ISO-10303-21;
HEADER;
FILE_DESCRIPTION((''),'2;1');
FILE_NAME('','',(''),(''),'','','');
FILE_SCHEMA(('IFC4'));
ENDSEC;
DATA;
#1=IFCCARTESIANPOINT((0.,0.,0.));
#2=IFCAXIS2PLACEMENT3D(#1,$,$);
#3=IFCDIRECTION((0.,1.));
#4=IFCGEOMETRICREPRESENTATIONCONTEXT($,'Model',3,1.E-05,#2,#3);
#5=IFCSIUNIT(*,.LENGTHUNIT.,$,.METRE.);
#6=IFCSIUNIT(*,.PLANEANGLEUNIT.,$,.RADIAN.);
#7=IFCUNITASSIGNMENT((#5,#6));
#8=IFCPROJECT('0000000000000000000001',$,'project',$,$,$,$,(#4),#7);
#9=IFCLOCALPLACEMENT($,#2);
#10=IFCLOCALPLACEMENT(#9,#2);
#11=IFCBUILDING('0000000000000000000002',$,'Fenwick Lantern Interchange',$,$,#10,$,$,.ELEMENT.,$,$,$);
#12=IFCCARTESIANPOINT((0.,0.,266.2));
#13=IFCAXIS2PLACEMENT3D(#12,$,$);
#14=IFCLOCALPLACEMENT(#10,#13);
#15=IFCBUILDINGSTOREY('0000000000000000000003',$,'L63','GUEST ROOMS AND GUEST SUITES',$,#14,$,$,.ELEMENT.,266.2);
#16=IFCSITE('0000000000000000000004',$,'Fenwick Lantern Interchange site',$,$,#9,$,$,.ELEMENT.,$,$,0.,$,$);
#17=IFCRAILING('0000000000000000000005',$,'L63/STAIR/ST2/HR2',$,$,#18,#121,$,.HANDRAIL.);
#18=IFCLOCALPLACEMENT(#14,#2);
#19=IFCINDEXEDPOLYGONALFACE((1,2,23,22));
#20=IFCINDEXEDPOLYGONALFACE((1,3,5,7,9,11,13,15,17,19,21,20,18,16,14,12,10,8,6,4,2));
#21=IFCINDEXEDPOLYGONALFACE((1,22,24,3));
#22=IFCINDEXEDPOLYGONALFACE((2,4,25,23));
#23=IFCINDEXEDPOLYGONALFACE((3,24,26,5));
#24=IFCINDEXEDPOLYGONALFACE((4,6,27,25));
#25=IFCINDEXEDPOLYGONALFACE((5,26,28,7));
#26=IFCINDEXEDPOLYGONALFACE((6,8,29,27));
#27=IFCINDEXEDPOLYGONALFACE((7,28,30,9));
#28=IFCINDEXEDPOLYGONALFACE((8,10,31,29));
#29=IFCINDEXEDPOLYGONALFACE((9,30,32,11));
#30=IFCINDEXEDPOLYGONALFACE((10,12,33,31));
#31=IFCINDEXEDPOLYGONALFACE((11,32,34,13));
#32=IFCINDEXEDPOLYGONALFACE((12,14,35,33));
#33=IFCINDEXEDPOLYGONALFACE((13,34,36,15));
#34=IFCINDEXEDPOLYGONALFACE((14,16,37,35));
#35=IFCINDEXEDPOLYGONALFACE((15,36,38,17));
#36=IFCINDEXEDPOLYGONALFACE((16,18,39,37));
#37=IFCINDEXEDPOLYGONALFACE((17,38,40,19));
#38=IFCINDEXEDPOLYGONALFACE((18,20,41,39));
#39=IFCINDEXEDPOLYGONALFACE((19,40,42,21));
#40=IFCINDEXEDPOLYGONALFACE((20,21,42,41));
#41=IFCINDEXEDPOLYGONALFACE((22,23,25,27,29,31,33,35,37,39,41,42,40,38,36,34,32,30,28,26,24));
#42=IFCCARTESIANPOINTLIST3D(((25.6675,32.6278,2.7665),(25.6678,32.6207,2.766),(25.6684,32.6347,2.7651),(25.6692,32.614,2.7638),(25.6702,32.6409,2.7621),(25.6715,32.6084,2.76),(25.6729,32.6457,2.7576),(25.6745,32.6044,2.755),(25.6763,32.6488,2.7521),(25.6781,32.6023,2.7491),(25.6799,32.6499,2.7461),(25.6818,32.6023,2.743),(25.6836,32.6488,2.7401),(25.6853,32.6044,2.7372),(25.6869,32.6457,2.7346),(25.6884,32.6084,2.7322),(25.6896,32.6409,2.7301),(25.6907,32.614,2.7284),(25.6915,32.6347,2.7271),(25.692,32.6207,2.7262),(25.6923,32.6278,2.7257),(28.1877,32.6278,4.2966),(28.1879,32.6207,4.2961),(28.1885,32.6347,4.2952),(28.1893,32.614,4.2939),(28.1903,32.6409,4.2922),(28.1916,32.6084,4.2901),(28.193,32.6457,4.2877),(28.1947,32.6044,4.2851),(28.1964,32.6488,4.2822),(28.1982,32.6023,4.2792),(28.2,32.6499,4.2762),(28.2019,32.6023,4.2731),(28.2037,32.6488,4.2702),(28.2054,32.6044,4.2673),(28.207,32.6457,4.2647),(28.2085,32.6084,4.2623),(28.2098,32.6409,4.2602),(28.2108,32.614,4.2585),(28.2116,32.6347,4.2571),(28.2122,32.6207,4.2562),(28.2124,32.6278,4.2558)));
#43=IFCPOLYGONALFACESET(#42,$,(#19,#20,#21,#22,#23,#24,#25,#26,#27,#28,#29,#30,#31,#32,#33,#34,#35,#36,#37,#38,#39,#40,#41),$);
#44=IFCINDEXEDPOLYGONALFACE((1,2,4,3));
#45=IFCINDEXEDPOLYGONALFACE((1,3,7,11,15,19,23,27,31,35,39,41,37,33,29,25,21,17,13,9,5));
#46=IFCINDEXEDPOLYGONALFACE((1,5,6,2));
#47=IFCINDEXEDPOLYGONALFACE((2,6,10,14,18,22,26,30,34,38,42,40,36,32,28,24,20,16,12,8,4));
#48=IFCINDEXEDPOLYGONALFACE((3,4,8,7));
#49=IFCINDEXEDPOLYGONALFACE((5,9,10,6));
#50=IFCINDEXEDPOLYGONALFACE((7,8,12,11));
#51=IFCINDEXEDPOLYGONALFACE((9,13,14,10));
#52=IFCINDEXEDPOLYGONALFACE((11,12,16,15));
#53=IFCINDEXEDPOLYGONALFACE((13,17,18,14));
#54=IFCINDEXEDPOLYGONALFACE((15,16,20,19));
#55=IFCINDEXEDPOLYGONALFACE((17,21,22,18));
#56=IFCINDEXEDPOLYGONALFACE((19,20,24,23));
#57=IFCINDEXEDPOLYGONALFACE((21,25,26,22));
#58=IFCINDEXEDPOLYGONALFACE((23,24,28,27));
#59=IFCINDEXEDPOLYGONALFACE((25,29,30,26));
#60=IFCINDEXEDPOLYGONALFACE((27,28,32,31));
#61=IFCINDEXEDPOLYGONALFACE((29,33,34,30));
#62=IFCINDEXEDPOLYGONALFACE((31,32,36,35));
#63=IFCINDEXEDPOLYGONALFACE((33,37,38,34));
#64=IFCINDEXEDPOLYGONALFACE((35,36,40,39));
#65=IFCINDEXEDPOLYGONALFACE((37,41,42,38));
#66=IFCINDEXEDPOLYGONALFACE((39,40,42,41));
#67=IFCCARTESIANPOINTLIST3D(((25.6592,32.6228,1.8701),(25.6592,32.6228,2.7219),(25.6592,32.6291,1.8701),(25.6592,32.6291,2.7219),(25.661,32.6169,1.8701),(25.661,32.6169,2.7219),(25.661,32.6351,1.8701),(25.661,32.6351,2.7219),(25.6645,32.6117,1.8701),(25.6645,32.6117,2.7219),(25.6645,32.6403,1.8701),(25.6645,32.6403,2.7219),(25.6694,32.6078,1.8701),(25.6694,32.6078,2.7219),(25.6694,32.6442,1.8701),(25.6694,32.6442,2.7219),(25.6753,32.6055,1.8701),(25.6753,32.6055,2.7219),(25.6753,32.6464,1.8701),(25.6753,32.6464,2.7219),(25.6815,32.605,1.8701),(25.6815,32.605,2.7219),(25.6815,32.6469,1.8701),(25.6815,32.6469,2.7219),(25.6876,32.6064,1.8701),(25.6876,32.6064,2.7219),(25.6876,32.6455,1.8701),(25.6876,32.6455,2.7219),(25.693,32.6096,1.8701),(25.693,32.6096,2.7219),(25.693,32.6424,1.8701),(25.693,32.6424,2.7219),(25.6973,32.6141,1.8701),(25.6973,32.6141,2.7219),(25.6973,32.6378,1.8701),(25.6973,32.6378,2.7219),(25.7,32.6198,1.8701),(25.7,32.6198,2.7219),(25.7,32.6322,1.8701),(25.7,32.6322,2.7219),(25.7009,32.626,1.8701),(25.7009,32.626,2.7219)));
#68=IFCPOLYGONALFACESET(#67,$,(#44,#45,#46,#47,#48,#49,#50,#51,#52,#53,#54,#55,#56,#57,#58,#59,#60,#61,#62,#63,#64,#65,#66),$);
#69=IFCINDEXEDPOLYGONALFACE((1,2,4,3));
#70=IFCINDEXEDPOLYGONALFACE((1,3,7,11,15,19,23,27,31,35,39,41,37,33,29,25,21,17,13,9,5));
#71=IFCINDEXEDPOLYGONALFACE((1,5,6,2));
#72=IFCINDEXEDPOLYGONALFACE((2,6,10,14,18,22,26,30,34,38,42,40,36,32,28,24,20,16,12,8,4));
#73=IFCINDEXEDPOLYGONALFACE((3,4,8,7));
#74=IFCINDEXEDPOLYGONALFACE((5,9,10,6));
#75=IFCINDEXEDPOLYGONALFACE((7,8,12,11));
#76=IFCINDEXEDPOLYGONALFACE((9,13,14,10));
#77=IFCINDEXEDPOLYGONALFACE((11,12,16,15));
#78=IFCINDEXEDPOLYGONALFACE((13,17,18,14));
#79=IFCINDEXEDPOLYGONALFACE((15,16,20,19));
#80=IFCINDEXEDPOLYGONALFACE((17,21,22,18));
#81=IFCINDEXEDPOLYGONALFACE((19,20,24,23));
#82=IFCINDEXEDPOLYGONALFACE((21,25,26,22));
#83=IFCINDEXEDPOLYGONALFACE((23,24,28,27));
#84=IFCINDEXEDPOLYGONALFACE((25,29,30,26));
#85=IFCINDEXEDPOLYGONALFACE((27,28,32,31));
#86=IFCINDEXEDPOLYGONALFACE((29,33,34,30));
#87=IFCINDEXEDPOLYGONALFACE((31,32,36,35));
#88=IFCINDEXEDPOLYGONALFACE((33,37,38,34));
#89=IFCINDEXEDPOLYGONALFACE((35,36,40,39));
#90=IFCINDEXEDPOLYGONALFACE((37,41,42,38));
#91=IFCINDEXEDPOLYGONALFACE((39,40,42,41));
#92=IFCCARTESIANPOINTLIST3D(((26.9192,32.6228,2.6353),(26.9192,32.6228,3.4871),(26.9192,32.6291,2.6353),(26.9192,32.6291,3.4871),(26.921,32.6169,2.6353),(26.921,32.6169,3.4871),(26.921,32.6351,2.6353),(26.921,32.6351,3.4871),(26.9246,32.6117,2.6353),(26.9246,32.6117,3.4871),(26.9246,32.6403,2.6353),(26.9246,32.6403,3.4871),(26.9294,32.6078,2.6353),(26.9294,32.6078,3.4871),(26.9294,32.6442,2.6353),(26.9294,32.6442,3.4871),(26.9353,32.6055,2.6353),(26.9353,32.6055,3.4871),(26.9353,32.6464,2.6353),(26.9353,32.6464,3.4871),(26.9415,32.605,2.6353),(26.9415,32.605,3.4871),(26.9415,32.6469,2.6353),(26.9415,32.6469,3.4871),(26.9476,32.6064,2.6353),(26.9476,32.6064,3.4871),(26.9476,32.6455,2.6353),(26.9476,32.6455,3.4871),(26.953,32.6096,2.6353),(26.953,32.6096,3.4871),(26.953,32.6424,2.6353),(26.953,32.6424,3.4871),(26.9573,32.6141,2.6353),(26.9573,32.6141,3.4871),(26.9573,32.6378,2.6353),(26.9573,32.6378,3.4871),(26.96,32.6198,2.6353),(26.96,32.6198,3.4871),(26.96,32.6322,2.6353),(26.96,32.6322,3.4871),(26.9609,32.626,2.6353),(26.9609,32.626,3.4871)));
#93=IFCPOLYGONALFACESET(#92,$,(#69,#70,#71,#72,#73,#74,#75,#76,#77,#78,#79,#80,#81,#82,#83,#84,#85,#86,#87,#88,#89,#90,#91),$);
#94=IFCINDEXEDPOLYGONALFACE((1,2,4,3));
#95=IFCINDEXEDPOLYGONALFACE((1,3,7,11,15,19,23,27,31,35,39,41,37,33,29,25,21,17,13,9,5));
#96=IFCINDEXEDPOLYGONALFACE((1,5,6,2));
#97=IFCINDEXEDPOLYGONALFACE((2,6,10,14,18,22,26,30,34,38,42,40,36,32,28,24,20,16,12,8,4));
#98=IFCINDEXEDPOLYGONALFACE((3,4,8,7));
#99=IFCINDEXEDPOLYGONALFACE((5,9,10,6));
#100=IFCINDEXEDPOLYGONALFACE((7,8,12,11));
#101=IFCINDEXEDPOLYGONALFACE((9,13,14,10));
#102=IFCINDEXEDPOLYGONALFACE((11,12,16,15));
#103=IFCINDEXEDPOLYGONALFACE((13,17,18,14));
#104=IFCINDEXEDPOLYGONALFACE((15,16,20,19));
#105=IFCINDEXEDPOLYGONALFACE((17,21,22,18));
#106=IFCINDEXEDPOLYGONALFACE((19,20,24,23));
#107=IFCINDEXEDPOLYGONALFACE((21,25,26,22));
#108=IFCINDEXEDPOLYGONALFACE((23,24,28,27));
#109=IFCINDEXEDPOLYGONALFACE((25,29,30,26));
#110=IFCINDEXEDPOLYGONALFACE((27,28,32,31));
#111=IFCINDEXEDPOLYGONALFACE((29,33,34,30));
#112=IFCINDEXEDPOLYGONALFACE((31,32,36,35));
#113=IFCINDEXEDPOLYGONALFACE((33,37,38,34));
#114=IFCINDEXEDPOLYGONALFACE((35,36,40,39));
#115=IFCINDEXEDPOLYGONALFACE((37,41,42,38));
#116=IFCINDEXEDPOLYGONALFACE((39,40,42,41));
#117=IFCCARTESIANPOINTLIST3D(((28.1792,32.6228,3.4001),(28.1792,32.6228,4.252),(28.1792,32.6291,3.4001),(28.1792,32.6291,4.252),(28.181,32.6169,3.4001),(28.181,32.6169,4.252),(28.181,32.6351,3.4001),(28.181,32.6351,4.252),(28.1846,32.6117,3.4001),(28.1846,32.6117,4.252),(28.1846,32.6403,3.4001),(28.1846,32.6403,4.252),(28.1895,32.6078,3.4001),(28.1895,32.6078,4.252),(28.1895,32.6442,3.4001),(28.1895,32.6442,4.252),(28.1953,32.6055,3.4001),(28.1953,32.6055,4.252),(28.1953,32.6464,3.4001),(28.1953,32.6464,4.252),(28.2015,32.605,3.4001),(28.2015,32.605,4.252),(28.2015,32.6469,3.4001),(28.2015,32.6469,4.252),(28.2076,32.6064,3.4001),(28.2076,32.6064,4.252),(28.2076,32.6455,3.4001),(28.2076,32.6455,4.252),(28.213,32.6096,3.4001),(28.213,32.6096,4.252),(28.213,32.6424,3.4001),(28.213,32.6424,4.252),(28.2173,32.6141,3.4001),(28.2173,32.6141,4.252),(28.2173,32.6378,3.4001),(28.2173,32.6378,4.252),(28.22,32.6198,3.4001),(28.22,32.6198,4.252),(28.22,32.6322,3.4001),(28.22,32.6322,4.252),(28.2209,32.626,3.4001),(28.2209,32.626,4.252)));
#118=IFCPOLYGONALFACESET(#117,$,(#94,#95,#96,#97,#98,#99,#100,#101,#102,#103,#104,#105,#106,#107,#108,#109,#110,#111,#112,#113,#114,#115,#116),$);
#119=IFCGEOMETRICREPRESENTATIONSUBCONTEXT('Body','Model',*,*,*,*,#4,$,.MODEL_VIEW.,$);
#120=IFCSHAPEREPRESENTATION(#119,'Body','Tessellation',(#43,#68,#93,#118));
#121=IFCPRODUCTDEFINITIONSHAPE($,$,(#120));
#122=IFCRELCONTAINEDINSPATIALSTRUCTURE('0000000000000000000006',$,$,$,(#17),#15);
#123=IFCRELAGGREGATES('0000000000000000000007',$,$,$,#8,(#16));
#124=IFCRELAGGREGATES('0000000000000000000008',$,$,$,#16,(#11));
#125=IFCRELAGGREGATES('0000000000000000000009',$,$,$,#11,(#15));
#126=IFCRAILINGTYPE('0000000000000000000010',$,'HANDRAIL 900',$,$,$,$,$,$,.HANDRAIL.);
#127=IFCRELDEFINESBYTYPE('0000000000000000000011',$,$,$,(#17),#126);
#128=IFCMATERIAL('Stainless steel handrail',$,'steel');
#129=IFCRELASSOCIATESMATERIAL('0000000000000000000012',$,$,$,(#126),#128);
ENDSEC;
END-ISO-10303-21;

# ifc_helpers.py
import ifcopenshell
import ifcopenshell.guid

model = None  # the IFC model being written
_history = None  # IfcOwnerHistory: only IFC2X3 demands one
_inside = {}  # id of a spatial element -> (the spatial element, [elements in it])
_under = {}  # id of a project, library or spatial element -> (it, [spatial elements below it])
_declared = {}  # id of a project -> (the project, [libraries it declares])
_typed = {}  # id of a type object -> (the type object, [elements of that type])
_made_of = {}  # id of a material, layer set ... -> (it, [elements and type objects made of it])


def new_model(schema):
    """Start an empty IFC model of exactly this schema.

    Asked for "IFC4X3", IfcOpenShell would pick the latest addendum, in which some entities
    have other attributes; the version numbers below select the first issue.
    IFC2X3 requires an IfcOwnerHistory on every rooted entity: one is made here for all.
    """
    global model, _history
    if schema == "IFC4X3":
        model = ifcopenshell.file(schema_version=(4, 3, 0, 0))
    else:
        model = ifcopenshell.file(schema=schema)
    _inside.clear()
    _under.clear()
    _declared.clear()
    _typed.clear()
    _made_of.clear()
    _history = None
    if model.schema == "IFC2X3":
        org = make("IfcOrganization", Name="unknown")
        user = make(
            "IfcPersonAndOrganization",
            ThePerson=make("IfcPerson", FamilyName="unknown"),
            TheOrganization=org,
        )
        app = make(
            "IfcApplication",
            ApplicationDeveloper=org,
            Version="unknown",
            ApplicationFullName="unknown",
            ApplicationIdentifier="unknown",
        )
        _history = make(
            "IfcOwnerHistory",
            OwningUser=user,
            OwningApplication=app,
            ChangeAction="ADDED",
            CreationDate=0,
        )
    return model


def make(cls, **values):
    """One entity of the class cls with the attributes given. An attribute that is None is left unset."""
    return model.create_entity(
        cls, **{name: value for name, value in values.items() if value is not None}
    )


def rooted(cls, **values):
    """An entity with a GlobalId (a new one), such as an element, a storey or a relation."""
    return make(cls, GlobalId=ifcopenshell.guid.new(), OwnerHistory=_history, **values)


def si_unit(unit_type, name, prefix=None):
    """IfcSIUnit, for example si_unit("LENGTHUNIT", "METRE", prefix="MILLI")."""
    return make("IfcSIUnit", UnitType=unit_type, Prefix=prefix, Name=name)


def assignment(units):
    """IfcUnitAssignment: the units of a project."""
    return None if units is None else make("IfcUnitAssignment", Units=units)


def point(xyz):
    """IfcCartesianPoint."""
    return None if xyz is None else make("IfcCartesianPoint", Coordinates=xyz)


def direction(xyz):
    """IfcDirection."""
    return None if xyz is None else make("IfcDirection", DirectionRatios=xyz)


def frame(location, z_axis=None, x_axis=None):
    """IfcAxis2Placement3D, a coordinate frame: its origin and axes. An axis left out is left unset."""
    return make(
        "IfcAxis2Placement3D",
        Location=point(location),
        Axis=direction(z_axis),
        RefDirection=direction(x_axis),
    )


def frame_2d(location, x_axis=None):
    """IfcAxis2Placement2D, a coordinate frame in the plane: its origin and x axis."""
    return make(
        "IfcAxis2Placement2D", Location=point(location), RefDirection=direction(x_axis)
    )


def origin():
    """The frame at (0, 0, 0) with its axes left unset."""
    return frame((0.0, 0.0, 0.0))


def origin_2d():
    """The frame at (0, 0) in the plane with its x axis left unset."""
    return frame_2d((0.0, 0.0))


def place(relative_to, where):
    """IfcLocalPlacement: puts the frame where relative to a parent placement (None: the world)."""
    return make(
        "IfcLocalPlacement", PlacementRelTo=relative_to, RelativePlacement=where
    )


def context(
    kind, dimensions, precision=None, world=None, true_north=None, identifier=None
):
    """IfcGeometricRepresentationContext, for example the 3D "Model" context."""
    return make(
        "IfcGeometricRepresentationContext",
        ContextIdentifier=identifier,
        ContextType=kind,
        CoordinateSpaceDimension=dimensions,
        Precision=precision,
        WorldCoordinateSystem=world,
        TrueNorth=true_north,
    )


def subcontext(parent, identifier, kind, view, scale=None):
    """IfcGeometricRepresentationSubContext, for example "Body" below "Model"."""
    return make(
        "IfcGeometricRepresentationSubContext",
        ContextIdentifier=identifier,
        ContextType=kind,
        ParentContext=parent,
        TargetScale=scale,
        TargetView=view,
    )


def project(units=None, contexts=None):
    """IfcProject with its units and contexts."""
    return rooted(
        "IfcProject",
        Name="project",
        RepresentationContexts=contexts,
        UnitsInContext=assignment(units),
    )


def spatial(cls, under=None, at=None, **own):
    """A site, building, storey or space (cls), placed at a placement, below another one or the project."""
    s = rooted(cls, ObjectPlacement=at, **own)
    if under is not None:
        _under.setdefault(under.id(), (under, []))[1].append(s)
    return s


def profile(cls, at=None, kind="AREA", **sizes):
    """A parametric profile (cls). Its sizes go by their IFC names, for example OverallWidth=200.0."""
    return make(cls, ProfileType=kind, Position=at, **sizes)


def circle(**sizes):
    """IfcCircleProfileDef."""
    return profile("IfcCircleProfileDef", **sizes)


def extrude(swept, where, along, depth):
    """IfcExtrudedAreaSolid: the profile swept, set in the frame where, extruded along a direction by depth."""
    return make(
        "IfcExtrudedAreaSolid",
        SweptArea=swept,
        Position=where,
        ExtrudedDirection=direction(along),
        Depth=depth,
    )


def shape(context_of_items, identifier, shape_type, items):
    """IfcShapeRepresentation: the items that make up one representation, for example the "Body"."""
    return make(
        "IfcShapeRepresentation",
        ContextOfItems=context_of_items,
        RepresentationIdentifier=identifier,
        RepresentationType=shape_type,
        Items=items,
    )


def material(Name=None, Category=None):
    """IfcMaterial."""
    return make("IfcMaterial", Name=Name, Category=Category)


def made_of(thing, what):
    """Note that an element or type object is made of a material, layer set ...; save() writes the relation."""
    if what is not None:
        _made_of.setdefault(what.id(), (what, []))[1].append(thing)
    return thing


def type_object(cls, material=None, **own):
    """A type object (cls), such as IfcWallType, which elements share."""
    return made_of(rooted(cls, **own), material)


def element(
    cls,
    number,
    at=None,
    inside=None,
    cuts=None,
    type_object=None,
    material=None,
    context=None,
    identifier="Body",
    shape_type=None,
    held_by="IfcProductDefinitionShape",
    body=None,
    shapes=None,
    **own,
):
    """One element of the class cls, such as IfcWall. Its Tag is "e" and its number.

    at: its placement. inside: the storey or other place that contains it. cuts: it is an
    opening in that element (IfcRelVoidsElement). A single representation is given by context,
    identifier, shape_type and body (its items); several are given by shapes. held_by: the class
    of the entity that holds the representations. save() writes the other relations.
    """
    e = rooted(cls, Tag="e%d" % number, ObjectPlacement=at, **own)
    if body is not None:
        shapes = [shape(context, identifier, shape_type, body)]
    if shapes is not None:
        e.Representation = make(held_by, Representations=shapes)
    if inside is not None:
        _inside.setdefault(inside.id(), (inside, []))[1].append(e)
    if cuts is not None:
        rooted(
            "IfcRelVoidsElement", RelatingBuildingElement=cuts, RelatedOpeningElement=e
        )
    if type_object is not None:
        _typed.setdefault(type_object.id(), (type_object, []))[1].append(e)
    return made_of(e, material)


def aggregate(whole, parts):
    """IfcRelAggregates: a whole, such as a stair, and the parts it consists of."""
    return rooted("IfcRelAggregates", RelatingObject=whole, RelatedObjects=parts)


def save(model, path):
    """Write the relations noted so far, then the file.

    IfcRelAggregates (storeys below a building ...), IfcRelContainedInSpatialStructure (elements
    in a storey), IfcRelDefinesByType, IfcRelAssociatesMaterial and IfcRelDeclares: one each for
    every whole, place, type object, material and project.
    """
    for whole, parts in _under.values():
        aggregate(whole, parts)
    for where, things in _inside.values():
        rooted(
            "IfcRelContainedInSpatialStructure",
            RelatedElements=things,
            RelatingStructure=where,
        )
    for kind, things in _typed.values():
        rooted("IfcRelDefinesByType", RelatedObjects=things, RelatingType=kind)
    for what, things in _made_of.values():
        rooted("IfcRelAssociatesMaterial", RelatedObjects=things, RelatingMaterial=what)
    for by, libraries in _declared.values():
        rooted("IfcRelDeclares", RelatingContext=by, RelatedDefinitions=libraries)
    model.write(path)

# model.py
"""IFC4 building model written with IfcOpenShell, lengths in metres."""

from ifc_helpers import new_model, si_unit, direction, frame, origin, origin_2d, place, context, subcontext, project, spatial, circle, extrude, material, type_object, element, save


model = new_model("IFC4")

# Units and contexts
model_context = context("Model", 3, precision=1e-05, world=origin(), true_north=direction((0.0, 1.0)))
body_context = subcontext(model_context, "Body", "Model", "MODEL_VIEW")
ifc_project = project(units=[si_unit("LENGTHUNIT", "METRE"), si_unit("PLANEANGLEUNIT", "RADIAN")], contexts=[model_context])

# Site, building, storey
site_placement = place(None, origin())
site = spatial("IfcSite", under=ifc_project, at=site_placement, Name="Fenwick Lantern Interchange site", CompositionType="ELEMENT", RefElevation=0.0)
building_placement = place(site_placement, origin())
building = spatial("IfcBuilding", under=site, at=building_placement, Name="Fenwick Lantern Interchange", CompositionType="ELEMENT")
storey_placement = place(building_placement, frame((0.0, 0.0, 266.2)))
storey = spatial("IfcBuildingStorey", under=building, at=storey_placement, Name="L63", Description="GUEST ROOMS AND GUEST SUITES", CompositionType="ELEMENT", Elevation=266.2)

# Railing
ifc_material_1 = material(Name="Stainless steel handrail", Category="steel")
railing_type = type_object("IfcRailingType", Name="HANDRAIL 900", PredefinedType="HANDRAIL", material=ifc_material_1)
railing_1_placement = place(storey_placement, frame((25.6799, 32.626, 1.8701)))
element("IfcRailing", 1, at=railing_1_placement, inside=storey, type_object=railing_type, Name="L63/STAIR/ST2/HR2", PredefinedType="HANDRAIL", context=body_context, shape_type="SweptSolid", body=[
    extrude(circle(Radius=0.0239, at=origin_2d()), frame((0.0, 0.0, 0.876), z_axis=(0.854785, 0.0, 0.518982), x_axis=(0.0, 1.0, 0.0)), (0.0, 0.0, 1.0), 2.9482),
    extrude(circle(Radius=0.021, at=origin_2d()), origin(), (0.0, 0.0, 1.0), 0.8518),
    extrude(circle(Radius=0.021, at=origin_2d()), frame((1.26, 0.0, 0.7651)), (0.0, 0.0, 1.0), 0.8518),
    extrude(circle(Radius=0.021, at=origin_2d()), frame((2.52, 0.0, 1.53)), (0.0, 0.0, 1.0), 0.8518),
])

save(model, "model.ifc")
